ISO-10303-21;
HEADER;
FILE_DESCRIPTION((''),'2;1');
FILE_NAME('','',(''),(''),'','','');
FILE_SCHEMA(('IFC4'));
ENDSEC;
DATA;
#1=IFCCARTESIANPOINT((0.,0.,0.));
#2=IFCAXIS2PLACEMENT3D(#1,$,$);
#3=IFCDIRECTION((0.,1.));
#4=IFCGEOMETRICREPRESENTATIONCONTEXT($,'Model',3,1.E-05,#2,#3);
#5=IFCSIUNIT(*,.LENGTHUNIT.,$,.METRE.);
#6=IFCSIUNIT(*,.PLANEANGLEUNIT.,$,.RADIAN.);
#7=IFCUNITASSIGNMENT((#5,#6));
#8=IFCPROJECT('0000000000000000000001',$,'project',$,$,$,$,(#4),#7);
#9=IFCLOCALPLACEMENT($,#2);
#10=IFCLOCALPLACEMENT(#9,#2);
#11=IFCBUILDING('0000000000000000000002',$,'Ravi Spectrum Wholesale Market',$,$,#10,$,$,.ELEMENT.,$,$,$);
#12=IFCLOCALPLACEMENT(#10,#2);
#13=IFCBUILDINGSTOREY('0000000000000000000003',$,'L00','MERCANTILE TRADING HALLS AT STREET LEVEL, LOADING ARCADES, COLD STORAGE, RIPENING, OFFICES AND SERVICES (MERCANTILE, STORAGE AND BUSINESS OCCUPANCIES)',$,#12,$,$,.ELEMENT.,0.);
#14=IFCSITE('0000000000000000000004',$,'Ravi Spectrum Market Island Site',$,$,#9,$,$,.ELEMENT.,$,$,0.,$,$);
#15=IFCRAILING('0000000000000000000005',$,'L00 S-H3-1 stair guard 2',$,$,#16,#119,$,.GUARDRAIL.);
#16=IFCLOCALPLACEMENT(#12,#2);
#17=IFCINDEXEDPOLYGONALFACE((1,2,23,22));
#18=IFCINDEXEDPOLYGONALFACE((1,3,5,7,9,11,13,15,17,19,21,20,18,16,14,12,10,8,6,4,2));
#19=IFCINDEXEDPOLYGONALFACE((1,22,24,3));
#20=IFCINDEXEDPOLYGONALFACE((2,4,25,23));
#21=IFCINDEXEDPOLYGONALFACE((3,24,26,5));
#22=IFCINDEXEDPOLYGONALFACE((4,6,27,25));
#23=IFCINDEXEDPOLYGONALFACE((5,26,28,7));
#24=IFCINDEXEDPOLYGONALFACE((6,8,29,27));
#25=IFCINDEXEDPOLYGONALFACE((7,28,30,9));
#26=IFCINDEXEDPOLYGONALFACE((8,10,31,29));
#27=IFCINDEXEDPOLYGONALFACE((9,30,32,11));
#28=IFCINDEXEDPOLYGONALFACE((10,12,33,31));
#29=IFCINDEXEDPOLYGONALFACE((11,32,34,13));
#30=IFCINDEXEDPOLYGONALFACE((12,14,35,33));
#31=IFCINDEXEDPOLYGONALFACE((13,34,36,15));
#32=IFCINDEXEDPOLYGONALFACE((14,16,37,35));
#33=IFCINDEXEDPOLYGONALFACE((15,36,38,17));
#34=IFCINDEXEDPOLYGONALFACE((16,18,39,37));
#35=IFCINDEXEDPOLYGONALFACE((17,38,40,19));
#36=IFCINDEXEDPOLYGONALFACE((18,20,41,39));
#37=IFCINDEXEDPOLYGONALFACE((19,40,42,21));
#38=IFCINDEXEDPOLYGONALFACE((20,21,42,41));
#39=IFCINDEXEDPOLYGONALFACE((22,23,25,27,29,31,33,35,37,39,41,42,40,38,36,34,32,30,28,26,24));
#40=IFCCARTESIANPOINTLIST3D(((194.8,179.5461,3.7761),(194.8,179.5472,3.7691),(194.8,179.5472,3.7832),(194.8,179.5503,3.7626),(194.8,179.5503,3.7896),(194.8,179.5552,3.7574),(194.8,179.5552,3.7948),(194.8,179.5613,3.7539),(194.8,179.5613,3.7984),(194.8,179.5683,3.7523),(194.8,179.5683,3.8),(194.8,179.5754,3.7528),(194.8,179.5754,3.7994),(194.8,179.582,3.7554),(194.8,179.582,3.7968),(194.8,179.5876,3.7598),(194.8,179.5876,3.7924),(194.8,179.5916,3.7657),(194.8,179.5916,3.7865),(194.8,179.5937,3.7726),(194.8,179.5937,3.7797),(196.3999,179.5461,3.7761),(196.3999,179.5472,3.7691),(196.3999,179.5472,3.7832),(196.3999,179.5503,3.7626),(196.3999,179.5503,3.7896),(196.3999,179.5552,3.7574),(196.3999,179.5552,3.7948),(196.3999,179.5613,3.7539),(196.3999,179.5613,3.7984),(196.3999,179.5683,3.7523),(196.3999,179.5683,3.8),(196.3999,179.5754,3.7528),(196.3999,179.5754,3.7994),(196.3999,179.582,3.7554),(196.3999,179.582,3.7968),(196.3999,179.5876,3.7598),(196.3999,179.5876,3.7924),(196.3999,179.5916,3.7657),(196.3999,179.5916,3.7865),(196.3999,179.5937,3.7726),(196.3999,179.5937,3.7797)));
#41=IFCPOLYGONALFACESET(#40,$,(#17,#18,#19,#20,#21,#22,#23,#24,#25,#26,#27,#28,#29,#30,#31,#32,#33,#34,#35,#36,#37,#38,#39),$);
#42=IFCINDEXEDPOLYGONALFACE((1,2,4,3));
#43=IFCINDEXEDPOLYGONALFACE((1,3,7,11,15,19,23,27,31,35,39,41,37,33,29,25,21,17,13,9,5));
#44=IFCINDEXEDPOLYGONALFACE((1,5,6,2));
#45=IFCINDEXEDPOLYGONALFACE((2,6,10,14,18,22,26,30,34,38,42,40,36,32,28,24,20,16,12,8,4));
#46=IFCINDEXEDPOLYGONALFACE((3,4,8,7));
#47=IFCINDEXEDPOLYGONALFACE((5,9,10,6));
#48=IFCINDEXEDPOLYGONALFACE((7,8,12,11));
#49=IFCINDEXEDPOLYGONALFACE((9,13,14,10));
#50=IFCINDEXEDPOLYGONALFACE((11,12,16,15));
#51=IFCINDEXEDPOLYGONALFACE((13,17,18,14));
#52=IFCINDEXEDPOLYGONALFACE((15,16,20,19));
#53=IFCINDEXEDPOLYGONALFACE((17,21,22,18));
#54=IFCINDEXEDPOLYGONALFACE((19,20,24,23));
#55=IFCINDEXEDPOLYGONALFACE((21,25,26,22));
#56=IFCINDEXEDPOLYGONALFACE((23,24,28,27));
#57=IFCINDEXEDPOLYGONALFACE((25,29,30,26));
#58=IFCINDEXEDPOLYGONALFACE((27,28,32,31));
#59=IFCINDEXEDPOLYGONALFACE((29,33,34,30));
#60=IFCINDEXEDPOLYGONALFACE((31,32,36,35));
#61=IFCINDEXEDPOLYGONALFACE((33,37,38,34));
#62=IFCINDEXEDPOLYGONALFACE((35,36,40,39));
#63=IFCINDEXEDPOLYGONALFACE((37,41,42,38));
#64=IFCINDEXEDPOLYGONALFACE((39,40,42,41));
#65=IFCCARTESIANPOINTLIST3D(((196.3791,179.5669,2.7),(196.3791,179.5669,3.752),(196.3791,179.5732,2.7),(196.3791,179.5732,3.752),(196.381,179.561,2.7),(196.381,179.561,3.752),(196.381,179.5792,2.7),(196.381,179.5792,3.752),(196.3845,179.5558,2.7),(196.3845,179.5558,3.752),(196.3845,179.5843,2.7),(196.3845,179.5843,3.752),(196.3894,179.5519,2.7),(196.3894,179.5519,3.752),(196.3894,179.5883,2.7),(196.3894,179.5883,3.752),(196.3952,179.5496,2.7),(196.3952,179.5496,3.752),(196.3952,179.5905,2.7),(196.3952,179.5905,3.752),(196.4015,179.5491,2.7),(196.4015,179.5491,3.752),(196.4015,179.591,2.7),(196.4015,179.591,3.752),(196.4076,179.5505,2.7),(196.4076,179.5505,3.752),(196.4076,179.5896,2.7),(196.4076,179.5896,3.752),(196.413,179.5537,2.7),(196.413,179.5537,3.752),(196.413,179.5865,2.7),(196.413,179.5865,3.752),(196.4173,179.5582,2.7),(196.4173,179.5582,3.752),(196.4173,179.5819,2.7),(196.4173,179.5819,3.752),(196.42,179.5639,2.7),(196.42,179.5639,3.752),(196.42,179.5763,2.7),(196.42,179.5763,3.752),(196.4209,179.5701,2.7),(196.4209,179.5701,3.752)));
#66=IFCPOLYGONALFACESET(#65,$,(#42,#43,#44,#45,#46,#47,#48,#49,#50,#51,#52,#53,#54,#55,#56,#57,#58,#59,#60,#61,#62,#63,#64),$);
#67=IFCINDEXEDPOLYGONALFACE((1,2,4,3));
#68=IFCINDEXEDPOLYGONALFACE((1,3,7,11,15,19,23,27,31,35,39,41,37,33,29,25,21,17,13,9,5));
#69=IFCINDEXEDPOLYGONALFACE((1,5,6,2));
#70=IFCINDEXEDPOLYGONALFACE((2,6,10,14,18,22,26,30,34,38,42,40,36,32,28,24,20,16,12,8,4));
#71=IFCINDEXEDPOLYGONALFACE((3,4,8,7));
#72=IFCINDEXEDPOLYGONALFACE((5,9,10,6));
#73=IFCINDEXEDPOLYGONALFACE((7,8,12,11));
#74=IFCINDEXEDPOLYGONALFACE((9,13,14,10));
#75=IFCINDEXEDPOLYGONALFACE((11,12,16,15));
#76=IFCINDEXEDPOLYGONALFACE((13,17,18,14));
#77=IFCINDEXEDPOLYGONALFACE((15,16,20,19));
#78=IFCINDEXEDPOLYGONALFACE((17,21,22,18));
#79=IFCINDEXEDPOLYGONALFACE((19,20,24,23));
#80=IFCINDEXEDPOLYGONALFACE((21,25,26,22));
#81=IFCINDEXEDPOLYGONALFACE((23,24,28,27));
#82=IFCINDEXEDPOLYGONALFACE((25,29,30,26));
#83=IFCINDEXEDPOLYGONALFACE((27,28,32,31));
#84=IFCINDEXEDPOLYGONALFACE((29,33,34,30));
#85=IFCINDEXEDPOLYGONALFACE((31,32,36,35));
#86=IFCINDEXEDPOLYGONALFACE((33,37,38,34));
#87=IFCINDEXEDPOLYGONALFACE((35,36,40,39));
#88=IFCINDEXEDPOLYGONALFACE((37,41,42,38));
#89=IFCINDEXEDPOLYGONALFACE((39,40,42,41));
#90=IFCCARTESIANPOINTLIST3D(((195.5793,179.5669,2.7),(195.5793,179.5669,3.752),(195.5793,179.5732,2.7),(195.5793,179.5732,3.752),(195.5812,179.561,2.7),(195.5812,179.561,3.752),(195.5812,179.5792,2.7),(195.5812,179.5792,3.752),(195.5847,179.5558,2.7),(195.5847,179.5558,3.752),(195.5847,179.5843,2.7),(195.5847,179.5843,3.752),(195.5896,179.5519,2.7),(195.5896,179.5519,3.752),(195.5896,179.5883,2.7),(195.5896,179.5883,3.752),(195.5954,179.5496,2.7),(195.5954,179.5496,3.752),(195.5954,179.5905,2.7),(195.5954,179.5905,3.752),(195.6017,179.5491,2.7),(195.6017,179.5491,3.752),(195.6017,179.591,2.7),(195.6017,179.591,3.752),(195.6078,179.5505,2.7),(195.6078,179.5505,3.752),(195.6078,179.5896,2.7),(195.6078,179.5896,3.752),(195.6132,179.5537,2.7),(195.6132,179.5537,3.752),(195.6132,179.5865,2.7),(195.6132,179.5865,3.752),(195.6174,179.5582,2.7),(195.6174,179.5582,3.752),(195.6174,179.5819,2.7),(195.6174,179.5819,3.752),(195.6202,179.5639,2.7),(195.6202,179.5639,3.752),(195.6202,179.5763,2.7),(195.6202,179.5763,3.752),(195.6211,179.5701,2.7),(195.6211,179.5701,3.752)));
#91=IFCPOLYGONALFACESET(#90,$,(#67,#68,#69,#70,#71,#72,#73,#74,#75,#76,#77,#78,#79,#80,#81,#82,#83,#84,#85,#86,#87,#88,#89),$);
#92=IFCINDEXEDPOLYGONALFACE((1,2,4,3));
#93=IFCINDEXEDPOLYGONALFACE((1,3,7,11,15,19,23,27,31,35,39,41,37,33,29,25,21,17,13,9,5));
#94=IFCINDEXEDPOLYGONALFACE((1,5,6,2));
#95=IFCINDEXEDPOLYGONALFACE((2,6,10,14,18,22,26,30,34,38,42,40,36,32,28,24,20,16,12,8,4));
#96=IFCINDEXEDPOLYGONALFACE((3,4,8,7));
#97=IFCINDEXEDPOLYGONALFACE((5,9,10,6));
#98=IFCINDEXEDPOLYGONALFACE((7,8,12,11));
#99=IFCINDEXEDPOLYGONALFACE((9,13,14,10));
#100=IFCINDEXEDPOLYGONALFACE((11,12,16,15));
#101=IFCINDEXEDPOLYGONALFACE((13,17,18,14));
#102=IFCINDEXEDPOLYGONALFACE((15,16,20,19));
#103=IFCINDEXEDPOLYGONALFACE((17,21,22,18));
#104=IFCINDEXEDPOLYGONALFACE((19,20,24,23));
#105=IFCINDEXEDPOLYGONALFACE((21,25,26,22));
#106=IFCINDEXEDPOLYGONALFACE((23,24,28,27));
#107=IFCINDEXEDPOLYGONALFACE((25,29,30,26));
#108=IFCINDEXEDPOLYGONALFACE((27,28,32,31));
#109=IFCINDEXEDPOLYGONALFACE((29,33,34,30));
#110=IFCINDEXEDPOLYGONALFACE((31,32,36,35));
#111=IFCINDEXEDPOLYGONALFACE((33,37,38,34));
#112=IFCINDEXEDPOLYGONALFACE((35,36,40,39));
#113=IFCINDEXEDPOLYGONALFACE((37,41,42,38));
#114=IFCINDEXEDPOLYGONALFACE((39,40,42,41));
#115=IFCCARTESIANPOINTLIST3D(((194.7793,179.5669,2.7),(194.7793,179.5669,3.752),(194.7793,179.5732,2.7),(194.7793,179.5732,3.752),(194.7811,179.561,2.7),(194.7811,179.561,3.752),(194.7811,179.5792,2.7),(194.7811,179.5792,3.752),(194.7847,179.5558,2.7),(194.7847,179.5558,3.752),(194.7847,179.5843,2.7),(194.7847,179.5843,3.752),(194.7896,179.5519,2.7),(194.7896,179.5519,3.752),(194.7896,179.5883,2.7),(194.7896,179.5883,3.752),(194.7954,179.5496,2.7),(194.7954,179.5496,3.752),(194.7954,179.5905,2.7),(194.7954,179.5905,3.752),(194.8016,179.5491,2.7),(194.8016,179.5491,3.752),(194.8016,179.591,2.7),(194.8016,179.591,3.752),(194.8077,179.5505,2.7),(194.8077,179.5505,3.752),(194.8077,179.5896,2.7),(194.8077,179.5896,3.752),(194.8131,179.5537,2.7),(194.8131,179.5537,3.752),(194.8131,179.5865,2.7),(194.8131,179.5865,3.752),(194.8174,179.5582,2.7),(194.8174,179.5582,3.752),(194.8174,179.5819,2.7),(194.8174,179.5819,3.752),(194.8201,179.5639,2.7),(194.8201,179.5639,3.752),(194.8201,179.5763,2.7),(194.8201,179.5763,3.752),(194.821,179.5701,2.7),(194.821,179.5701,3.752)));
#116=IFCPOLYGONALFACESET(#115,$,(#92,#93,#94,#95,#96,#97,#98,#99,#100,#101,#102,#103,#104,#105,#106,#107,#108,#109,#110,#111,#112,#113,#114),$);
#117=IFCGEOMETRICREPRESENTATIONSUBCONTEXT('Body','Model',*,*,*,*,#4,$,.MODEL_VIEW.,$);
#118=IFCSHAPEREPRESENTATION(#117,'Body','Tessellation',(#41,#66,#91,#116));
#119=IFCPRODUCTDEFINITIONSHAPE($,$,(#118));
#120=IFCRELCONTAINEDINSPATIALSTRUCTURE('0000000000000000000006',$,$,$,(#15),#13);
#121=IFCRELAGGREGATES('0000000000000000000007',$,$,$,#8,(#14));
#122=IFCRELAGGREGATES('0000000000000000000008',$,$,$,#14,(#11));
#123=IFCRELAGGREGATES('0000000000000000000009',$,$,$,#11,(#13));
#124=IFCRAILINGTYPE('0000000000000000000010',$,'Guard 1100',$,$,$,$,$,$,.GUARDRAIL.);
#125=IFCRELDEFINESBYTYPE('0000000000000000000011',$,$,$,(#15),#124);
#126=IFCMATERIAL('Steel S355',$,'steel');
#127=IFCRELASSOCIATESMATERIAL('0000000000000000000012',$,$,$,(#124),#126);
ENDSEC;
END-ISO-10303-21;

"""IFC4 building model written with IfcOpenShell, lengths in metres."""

from ifc_helpers import new_model, si_unit, direction, frame, origin, origin_2d, place, context, subcontext, project, spatial, circle, extrude, material, type_object, element, save


model = new_model("IFC4")

# Units and contexts
model_context = context("Model", 3, precision=1e-05, world=origin(), true_north=direction((0.0, 1.0)))
body_context = subcontext(model_context, "Body", "Model", "MODEL_VIEW")
ifc_project = project(units=[si_unit("LENGTHUNIT", "METRE"), si_unit("PLANEANGLEUNIT", "RADIAN")], contexts=[model_context])

# Site, building, storey
site_placement = place(None, origin())
site = spatial("IfcSite", under=ifc_project, at=site_placement, Name="Ravi Spectrum Market Island Site", CompositionType="ELEMENT", RefElevation=0.0)
building_placement = place(site_placement, origin())
building = spatial("IfcBuilding", under=site, at=building_placement, Name="Ravi Spectrum Wholesale Market", CompositionType="ELEMENT")
storey_placement = place(building_placement, origin())
storey = spatial("IfcBuildingStorey", under=building, at=storey_placement, Name="L00", Description="MERCANTILE TRADING HALLS AT STREET LEVEL, LOADING ARCADES, COLD STORAGE, RIPENING, OFFICES AND SERVICES (MERCANTILE, STORAGE AND BUSINESS OCCUPANCIES)", CompositionType="ELEMENT", Elevation=0.0)

# Railing
ifc_material_1 = material(Name="Steel S355", Category="steel")
railing_type_1 = type_object("IfcRailingType", Name="Guard 1100", PredefinedType="GUARDRAIL", material=ifc_material_1)
railing_1_placement = place(storey_placement, frame((196.3999, 179.5701, 2.7)))
element("IfcRailing", 1, at=railing_1_placement, inside=storey, type_object=railing_type_1, Name="L00 S-H3-1 stair guard 2", PredefinedType="GUARDRAIL", context=body_context, shape_type="SweptSolid", body=[
    extrude(circle(Radius=0.0239, at=origin_2d()), frame((0.0, 0.0, 1.0762), z_axis=(-1.0, 0.0, 0.0), x_axis=(0.0, -1.0, 0.0)), (0.0, 0.0, 1.0), 1.5999),
    extrude(circle(Radius=0.021, at=origin_2d()), origin(), (0.0, 0.0, 1.0), 1.052),
    extrude(circle(Radius=0.021, at=origin_2d()), frame((-0.7998, 0.0, 0.0)), (0.0, 0.0, 1.0), 1.052),
    extrude(circle(Radius=0.021, at=origin_2d()), frame((-1.5999, 0.0, 0.0)), (0.0, 0.0, 1.0), 1.052),
])

save(model, "model.ifc")
